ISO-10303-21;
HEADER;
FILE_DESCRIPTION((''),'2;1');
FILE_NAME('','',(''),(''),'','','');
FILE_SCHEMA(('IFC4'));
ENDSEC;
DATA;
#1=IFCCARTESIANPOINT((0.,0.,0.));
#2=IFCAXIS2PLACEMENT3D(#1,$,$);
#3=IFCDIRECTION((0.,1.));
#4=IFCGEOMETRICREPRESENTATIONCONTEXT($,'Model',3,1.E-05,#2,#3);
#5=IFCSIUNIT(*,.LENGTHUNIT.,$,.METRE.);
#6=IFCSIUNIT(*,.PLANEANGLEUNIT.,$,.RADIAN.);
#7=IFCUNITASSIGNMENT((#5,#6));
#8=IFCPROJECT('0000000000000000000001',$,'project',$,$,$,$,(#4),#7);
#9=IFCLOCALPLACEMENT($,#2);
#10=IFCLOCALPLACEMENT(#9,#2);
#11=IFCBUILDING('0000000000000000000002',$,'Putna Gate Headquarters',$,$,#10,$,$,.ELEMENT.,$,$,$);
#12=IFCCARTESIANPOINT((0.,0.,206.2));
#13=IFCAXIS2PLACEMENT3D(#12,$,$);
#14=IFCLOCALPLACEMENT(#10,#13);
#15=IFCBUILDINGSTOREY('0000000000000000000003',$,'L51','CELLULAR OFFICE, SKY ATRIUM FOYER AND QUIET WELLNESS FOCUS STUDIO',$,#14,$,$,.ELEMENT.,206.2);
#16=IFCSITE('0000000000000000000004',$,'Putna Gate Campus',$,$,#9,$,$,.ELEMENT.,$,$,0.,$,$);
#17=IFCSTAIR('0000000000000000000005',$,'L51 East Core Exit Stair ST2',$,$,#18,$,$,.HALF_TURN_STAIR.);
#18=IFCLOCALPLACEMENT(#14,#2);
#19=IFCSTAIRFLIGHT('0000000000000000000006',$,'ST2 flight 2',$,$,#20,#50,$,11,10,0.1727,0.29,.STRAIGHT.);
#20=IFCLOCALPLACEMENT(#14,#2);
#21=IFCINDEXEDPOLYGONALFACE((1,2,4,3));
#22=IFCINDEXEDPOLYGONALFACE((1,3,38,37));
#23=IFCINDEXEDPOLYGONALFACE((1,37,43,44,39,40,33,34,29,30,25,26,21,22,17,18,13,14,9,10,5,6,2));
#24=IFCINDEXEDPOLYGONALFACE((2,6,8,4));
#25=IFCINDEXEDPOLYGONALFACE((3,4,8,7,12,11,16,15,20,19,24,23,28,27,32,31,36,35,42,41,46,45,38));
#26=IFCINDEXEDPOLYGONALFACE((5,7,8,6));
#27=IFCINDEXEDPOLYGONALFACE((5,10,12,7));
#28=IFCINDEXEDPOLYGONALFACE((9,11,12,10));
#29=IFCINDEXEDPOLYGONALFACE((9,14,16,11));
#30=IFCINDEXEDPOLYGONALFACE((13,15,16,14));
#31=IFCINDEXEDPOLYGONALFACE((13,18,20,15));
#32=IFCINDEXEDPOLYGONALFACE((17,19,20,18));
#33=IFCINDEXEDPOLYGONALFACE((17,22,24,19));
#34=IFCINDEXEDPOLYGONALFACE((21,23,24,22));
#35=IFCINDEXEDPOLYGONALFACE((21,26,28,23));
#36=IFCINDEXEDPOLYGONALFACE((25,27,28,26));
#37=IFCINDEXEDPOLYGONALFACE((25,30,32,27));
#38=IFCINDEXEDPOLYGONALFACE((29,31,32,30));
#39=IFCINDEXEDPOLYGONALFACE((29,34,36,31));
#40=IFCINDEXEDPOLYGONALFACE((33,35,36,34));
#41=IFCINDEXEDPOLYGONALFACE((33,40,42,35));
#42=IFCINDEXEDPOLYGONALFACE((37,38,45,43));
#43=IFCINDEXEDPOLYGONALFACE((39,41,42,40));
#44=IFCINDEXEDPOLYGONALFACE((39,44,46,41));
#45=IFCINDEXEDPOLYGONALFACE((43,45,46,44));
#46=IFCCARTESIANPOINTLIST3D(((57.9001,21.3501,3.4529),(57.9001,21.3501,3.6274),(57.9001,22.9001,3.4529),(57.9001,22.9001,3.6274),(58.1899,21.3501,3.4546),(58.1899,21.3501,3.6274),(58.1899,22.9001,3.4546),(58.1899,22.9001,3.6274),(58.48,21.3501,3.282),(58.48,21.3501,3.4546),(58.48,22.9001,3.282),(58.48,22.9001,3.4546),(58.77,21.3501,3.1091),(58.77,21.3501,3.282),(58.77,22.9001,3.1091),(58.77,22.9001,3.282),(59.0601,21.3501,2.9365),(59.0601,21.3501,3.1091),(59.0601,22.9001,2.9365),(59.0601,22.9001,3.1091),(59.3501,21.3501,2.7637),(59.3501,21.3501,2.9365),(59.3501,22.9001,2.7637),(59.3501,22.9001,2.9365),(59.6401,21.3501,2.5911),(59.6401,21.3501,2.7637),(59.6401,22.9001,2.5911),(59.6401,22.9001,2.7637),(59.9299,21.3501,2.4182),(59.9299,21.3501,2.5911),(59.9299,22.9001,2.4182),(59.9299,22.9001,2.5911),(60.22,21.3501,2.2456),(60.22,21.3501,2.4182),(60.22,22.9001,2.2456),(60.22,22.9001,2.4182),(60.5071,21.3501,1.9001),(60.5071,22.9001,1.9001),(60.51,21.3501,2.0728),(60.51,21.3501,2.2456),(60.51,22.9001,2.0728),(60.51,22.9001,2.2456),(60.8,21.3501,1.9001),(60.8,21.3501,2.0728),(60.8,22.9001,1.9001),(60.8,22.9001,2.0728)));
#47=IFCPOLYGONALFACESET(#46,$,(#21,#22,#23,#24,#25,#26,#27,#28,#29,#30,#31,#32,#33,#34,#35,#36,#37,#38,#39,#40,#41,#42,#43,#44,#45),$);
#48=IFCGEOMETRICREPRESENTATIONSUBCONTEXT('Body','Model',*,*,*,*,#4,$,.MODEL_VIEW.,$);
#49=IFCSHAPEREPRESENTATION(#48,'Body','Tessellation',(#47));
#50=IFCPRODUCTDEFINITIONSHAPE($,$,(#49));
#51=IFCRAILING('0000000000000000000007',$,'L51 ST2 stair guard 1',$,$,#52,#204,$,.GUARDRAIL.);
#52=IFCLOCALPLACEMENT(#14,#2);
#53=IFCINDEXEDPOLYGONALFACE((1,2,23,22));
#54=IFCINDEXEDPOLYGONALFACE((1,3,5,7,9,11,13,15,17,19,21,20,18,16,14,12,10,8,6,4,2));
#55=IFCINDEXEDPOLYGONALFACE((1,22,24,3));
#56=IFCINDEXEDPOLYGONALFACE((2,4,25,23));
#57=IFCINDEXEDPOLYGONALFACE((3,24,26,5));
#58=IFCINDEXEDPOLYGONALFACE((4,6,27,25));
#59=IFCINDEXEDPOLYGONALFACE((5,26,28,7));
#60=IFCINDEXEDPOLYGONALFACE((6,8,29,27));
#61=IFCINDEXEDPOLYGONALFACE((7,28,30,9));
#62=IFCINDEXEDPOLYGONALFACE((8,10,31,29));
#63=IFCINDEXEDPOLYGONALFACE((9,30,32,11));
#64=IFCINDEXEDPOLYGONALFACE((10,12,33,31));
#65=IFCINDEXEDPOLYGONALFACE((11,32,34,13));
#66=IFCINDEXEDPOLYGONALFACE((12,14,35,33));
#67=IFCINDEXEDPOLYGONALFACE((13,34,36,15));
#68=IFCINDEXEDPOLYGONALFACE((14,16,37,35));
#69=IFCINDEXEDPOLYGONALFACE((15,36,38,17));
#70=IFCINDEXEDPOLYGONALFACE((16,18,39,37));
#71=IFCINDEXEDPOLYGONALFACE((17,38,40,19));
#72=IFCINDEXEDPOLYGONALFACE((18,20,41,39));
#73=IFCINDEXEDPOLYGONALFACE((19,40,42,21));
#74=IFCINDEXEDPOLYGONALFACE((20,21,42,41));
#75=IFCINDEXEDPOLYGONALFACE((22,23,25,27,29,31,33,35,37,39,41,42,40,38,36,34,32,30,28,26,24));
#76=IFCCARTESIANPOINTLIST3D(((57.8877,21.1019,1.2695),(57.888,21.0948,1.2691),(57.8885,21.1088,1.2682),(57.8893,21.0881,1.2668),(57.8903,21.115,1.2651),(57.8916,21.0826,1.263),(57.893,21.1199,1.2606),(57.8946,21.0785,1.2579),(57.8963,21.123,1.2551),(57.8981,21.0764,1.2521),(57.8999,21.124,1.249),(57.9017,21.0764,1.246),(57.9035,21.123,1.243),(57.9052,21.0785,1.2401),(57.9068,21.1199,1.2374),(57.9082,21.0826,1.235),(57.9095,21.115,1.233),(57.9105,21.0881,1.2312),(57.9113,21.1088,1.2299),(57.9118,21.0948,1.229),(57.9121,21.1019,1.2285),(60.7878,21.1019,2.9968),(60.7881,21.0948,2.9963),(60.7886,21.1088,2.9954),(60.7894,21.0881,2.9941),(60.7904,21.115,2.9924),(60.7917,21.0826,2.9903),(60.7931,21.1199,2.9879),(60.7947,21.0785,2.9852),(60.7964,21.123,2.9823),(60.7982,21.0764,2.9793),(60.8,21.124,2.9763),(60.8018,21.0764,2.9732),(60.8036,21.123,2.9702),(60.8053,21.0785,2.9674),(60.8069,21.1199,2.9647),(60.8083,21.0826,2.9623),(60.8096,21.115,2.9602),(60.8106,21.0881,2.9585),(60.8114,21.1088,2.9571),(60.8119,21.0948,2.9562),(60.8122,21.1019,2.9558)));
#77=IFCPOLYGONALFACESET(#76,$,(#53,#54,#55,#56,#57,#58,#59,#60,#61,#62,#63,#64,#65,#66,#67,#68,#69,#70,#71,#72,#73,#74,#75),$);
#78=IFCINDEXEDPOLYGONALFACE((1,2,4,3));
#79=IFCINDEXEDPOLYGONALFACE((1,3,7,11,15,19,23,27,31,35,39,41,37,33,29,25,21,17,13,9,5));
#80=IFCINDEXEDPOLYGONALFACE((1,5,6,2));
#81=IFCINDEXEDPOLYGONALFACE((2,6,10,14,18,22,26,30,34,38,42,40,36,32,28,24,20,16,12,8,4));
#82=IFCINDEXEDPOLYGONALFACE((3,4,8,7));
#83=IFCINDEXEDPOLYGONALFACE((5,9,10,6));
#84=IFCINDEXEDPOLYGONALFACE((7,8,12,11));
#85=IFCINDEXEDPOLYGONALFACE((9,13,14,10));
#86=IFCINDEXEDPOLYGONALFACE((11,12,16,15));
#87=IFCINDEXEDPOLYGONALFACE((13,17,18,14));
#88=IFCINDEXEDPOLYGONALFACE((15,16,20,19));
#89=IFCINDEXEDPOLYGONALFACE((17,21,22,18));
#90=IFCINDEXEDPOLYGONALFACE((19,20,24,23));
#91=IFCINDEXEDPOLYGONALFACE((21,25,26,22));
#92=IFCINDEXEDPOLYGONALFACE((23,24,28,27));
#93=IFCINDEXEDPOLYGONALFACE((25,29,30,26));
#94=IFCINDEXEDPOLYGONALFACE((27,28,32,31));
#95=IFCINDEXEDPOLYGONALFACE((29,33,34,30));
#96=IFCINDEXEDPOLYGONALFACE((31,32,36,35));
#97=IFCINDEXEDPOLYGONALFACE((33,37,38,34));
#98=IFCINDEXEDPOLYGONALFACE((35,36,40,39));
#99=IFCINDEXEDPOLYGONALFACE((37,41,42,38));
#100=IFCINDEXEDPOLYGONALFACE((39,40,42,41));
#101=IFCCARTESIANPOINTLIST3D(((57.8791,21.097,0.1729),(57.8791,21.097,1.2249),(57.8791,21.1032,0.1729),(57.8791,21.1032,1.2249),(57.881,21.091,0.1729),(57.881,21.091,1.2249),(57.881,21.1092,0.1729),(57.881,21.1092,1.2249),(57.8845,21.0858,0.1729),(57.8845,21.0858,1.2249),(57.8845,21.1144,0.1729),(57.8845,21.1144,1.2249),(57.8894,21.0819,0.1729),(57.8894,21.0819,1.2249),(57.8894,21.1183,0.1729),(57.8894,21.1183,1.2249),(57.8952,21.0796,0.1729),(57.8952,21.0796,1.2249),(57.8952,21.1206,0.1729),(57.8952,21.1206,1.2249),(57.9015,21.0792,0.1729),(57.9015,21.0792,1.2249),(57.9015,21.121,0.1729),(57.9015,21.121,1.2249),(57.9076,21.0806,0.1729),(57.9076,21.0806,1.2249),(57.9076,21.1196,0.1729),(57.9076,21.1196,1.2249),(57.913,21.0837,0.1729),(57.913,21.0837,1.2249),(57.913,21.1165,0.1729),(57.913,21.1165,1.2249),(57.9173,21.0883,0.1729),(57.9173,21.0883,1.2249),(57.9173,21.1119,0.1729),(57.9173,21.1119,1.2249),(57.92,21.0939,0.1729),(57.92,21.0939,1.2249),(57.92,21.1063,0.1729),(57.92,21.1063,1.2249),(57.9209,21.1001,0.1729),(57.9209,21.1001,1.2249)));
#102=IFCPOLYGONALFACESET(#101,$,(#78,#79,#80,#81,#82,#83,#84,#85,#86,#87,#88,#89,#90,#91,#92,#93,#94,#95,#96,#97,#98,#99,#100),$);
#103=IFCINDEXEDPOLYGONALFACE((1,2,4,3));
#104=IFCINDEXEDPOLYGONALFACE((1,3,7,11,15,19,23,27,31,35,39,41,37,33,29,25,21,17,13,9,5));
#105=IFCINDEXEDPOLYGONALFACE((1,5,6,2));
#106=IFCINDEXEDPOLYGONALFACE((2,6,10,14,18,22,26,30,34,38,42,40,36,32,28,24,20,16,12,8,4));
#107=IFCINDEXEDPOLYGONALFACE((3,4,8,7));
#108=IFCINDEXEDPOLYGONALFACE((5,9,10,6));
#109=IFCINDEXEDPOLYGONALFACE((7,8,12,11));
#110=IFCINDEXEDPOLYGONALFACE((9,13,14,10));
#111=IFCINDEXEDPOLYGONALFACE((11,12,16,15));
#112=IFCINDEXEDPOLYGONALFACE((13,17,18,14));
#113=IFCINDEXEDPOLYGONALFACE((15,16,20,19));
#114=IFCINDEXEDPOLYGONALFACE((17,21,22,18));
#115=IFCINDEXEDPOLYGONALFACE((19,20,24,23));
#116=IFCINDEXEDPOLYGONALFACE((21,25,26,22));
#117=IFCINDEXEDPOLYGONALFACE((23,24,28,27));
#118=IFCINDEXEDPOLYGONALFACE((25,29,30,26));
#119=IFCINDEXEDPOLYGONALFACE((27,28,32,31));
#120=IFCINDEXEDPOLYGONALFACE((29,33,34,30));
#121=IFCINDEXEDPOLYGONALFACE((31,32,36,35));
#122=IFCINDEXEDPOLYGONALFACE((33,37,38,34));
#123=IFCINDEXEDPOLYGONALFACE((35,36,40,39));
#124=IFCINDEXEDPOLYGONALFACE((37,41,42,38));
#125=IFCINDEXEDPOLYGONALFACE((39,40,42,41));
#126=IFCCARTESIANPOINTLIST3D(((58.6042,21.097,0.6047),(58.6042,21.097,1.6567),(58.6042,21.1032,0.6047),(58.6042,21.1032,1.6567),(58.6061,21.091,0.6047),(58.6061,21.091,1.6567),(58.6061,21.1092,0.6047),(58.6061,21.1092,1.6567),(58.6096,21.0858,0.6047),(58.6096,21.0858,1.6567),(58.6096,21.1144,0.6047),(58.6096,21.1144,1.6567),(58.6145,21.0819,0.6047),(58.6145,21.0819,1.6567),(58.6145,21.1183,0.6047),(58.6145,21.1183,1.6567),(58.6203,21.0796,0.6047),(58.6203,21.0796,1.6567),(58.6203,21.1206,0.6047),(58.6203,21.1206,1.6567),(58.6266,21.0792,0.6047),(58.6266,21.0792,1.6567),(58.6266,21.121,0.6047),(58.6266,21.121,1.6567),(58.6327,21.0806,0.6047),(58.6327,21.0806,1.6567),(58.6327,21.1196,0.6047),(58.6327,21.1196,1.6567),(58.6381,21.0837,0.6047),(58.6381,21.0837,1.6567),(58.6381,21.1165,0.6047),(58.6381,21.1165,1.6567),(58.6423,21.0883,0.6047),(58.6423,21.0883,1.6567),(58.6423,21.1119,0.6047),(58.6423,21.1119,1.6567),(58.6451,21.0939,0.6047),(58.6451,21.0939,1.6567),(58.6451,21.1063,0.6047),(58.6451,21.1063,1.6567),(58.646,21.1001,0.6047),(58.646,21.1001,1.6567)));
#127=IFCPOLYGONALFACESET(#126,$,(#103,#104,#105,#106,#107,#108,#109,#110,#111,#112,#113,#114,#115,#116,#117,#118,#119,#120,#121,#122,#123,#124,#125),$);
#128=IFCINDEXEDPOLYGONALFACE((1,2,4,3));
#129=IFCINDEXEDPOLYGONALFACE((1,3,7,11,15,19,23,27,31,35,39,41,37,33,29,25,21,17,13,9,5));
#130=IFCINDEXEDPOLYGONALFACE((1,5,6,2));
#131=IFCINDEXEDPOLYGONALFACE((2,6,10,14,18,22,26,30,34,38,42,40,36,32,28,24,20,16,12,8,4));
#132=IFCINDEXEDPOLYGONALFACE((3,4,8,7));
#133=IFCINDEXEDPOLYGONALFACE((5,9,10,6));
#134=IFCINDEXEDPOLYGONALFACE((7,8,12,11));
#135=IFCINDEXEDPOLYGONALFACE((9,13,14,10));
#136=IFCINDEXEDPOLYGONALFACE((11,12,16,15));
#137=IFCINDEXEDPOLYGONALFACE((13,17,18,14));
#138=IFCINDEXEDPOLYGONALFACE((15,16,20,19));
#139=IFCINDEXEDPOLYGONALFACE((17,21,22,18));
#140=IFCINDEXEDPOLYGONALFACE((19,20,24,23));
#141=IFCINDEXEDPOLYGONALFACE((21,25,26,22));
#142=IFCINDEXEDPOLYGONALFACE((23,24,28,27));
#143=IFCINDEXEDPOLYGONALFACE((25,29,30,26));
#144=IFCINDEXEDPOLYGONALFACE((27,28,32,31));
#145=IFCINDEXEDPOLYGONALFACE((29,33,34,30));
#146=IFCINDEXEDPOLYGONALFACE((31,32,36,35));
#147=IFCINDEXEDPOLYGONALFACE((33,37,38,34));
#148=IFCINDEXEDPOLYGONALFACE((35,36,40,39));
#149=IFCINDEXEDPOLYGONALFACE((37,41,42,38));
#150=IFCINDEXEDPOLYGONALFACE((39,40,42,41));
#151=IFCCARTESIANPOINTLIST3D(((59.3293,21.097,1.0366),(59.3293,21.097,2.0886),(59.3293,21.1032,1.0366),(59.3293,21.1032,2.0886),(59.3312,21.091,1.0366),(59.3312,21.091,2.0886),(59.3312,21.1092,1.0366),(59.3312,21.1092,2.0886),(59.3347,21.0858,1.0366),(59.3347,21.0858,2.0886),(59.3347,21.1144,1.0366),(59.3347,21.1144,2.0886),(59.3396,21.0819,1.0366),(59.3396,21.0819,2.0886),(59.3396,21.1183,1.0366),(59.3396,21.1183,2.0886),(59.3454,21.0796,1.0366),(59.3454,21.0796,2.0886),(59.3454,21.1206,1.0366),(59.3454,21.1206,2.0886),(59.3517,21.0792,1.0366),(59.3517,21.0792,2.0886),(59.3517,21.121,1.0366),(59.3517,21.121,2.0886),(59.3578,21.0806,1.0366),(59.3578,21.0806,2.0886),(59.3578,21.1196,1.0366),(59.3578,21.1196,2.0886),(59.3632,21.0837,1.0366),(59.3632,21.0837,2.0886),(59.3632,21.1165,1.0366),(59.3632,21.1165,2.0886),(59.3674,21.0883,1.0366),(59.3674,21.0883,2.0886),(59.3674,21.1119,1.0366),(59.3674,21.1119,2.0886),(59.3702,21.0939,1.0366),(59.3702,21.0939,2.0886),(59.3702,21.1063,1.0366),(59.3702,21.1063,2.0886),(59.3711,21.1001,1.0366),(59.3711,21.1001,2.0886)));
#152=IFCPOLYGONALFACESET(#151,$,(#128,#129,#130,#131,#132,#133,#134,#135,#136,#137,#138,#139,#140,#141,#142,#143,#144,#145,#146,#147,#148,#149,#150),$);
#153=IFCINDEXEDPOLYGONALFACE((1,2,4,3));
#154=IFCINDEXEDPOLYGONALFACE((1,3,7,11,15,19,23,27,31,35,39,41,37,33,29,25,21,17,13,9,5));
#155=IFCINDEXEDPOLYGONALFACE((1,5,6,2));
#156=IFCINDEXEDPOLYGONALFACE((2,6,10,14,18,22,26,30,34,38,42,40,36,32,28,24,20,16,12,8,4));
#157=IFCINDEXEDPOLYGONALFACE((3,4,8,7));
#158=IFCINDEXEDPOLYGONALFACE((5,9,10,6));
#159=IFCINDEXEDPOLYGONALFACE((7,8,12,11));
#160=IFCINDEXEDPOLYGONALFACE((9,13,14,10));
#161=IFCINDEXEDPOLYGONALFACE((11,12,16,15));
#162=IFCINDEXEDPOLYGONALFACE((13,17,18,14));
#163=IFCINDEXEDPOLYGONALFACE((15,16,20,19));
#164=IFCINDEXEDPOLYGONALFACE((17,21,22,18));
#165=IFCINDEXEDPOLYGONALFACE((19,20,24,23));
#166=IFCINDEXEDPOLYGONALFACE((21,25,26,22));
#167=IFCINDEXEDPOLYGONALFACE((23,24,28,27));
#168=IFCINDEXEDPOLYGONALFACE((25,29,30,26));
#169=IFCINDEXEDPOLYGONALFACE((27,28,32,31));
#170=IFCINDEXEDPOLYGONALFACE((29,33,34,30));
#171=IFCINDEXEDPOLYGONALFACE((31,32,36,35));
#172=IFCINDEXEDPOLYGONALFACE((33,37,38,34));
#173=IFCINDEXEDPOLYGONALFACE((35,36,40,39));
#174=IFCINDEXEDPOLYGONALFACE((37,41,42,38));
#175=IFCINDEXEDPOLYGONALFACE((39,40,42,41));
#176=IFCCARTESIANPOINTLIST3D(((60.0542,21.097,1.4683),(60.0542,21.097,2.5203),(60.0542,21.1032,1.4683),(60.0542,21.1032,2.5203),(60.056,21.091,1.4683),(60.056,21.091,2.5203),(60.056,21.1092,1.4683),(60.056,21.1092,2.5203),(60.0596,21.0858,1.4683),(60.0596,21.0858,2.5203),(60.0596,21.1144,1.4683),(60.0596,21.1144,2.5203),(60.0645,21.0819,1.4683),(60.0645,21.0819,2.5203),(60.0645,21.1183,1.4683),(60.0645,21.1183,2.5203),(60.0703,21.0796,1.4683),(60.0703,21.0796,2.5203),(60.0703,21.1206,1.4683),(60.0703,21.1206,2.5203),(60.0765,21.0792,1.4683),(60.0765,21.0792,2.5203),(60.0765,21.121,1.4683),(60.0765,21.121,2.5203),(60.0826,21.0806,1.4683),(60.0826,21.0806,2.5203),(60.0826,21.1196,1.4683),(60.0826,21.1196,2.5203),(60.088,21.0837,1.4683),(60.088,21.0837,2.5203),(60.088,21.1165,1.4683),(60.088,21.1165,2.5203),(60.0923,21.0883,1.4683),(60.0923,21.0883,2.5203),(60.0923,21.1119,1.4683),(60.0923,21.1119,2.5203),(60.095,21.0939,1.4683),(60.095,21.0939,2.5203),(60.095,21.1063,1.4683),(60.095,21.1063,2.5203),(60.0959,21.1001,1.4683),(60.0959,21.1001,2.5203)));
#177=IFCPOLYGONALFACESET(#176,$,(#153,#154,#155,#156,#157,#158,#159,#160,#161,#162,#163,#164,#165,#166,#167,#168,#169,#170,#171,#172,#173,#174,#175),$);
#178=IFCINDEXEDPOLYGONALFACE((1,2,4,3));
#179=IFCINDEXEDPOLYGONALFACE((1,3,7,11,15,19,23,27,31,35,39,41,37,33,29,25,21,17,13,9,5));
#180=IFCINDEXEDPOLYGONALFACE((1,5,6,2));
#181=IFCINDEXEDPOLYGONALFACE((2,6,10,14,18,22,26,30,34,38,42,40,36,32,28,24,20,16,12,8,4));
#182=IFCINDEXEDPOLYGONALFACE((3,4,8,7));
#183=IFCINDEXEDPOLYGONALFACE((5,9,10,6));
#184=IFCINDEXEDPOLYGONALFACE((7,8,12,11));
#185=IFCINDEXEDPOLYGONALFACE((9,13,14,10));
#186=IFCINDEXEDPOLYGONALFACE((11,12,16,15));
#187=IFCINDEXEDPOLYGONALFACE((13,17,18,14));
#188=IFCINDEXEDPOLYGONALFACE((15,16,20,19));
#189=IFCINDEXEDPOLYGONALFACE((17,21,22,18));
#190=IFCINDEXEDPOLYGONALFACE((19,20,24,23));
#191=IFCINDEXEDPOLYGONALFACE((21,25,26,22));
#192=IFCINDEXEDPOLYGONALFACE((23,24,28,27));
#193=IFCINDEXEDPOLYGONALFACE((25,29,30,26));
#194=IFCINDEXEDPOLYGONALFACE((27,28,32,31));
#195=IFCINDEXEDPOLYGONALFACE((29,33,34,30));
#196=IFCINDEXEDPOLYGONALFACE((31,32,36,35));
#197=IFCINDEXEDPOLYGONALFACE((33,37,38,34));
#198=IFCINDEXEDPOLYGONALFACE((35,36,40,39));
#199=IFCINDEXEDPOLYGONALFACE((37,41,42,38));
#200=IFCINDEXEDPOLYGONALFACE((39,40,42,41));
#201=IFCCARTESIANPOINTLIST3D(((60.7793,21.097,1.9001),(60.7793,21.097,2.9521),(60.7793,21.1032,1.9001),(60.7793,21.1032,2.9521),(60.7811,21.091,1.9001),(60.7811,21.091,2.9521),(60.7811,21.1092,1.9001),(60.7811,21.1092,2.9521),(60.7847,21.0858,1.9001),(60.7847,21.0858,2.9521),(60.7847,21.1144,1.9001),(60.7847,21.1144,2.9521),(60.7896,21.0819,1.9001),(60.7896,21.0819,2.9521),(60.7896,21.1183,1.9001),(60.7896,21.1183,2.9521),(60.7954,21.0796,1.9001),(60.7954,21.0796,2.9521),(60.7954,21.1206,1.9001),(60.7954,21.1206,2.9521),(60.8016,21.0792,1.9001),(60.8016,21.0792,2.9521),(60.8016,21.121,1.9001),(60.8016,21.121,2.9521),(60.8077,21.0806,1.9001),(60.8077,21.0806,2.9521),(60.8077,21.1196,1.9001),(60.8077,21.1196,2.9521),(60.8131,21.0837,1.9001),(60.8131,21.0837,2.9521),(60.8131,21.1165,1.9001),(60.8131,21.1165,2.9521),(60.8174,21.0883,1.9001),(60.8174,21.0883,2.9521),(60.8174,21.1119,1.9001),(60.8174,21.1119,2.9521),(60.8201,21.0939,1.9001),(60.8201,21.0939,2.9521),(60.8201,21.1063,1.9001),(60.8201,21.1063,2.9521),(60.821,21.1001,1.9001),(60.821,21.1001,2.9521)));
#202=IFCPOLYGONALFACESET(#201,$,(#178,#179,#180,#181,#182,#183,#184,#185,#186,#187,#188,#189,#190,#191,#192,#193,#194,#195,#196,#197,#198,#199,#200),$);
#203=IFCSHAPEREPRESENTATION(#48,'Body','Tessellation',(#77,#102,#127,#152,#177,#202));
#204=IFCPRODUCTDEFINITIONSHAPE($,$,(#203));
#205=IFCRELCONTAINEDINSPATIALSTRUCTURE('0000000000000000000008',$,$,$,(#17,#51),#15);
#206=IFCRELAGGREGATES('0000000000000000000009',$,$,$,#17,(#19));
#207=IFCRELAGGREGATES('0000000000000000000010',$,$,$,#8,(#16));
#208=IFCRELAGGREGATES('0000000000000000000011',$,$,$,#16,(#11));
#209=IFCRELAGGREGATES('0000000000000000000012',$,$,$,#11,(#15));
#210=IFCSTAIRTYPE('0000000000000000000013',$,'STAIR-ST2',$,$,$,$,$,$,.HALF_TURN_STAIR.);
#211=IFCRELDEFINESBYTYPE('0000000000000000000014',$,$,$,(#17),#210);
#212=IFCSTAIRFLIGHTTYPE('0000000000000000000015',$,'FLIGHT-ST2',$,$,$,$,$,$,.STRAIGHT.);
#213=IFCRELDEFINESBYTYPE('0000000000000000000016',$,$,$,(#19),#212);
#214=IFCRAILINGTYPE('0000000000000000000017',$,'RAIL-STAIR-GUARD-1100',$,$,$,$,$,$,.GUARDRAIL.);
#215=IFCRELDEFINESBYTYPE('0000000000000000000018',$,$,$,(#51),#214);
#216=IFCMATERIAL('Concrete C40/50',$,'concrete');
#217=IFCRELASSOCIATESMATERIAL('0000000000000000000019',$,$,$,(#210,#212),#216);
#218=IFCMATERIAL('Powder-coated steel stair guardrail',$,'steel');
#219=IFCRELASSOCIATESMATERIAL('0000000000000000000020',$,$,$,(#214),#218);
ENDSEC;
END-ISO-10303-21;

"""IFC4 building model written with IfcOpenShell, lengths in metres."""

from ifc_helpers import new_model, si_unit, direction, frame, origin, origin_2d, place, context, subcontext, project, spatial, polyline, circle, outline, extrude, material, type_object, element, aggregate, save


model = new_model("IFC4")

# Units and contexts
model_context = context("Model", 3, precision=1e-05, world=origin(), true_north=direction((0.0, 1.0)))
body_context = subcontext(model_context, "Body", "Model", "MODEL_VIEW")
ifc_project = project(units=[si_unit("LENGTHUNIT", "METRE"), si_unit("PLANEANGLEUNIT", "RADIAN")], contexts=[model_context])

# Site, building, storey
site_placement = place(None, origin())
site = spatial("IfcSite", under=ifc_project, at=site_placement, Name="Putna Gate Campus", CompositionType="ELEMENT", RefElevation=0.0)
building_placement = place(site_placement, origin())
building = spatial("IfcBuilding", under=site, at=building_placement, Name="Putna Gate Headquarters", CompositionType="ELEMENT")
storey_placement = place(building_placement, frame((0.0, 0.0, 206.2)))
storey = spatial("IfcBuildingStorey", under=building, at=storey_placement, Name="L51", Description="CELLULAR OFFICE, SKY ATRIUM FOYER AND QUIET WELLNESS FOCUS STUDIO", CompositionType="ELEMENT", Elevation=206.2)

# Shared definitions
ifc_material_1 = material(Name="Concrete C40/50", Category="concrete")

# Stair, stair flight
stair_type = type_object("IfcStairType", Name="STAIR-ST2", PredefinedType="HALF_TURN_STAIR", material=ifc_material_1)
stair_placement = place(storey_placement, origin())
stair = element("IfcStair", 1, at=stair_placement, inside=storey, type_object=stair_type, Name="L51 East Core Exit Stair ST2", PredefinedType="HALF_TURN_STAIR")
stair_flight_type = type_object("IfcStairFlightType", Name="FLIGHT-ST2", PredefinedType="STRAIGHT", material=ifc_material_1)
stair_flight_placement = place(storey_placement, frame((60.8, 22.125, 1.9001), z_axis=(0.0, 0.0, 1.0), x_axis=(-1.0, 0.0, 0.0)))
stair_flight = element("IfcStairFlight", 2, at=stair_flight_placement, type_object=stair_flight_type, Name="ST2 flight 2", NumberOfRisers=11, NumberOfTreads=10, PredefinedType="STRAIGHT", RiserHeight=0.1727, TreadLength=0.29, context=body_context, shape_type="SweptSolid", body=[
    extrude(outline(polyline([(0.0, 0.0), (0.0, 0.1726), (0.29, 0.1726), (0.29, 0.3455), (0.5801, 0.3455), (0.5801, 0.5181), (0.8701, 0.5181), (0.8701, 0.6909), (1.1599, 0.6909), (1.1599, 0.8635), (1.45, 0.8635), (1.45, 1.0364), (1.74, 1.0364), (1.74, 1.209), (2.03, 1.209), (2.03, 1.3818), (2.3201, 1.3818), (2.3201, 1.5544), (2.6101, 1.5544), (2.6101, 1.7273), (2.8999, 1.7273), (2.8999, 1.8999), (2.8999, 1.5527), (0.293, 0.0), (0.0, 0.0)])), frame((0.0, 0.7749, 0.0), z_axis=(0.0, -1.0, 0.0), x_axis=(1.0, 0.0, 0.0)), (0.0, 0.0, 1.0), 1.55),
])
aggregate(stair, [stair_flight])

# Railing
ifc_material_2 = material(Name="Powder-coated steel stair guardrail", Category="steel")
railing_type_1 = type_object("IfcRailingType", Name="RAIL-STAIR-GUARD-1100", PredefinedType="GUARDRAIL", material=ifc_material_2)
railing_1_placement = place(storey_placement, frame((57.8999, 21.1001, 0.1729)))
element("IfcRailing", 3, at=railing_1_placement, inside=storey, type_object=railing_type_1, Name="L51 ST2 stair guard 1", PredefinedType="GUARDRAIL", context=body_context, shape_type="SweptSolid", body=[
    extrude(circle(Radius=0.0239, at=origin_2d()), frame((0.0, 0.0, 1.0762), z_axis=(0.85916, 0.0, 0.511706), x_axis=(0.0, 1.0, 0.0)), (0.0, 0.0, 1.0), 3.3755),
    extrude(circle(Radius=0.021, at=origin_2d()), origin(), (0.0, 0.0, 1.0), 1.052),
    extrude(circle(Radius=0.021, at=origin_2d()), frame((0.7251, 0.0, 0.4319)), (0.0, 0.0, 1.0), 1.052),
    extrude(circle(Radius=0.021, at=origin_2d()), frame((1.4502, 0.0, 0.8638)), (0.0, 0.0, 1.0), 1.052),
    extrude(circle(Radius=0.021, at=origin_2d()), frame((2.175, 0.0, 1.2954)), (0.0, 0.0, 1.0), 1.052),
    extrude(circle(Radius=0.021, at=origin_2d()), frame((2.9001, 0.0, 1.7273)), (0.0, 0.0, 1.0), 1.052),
])

save(model, "model.ifc")
